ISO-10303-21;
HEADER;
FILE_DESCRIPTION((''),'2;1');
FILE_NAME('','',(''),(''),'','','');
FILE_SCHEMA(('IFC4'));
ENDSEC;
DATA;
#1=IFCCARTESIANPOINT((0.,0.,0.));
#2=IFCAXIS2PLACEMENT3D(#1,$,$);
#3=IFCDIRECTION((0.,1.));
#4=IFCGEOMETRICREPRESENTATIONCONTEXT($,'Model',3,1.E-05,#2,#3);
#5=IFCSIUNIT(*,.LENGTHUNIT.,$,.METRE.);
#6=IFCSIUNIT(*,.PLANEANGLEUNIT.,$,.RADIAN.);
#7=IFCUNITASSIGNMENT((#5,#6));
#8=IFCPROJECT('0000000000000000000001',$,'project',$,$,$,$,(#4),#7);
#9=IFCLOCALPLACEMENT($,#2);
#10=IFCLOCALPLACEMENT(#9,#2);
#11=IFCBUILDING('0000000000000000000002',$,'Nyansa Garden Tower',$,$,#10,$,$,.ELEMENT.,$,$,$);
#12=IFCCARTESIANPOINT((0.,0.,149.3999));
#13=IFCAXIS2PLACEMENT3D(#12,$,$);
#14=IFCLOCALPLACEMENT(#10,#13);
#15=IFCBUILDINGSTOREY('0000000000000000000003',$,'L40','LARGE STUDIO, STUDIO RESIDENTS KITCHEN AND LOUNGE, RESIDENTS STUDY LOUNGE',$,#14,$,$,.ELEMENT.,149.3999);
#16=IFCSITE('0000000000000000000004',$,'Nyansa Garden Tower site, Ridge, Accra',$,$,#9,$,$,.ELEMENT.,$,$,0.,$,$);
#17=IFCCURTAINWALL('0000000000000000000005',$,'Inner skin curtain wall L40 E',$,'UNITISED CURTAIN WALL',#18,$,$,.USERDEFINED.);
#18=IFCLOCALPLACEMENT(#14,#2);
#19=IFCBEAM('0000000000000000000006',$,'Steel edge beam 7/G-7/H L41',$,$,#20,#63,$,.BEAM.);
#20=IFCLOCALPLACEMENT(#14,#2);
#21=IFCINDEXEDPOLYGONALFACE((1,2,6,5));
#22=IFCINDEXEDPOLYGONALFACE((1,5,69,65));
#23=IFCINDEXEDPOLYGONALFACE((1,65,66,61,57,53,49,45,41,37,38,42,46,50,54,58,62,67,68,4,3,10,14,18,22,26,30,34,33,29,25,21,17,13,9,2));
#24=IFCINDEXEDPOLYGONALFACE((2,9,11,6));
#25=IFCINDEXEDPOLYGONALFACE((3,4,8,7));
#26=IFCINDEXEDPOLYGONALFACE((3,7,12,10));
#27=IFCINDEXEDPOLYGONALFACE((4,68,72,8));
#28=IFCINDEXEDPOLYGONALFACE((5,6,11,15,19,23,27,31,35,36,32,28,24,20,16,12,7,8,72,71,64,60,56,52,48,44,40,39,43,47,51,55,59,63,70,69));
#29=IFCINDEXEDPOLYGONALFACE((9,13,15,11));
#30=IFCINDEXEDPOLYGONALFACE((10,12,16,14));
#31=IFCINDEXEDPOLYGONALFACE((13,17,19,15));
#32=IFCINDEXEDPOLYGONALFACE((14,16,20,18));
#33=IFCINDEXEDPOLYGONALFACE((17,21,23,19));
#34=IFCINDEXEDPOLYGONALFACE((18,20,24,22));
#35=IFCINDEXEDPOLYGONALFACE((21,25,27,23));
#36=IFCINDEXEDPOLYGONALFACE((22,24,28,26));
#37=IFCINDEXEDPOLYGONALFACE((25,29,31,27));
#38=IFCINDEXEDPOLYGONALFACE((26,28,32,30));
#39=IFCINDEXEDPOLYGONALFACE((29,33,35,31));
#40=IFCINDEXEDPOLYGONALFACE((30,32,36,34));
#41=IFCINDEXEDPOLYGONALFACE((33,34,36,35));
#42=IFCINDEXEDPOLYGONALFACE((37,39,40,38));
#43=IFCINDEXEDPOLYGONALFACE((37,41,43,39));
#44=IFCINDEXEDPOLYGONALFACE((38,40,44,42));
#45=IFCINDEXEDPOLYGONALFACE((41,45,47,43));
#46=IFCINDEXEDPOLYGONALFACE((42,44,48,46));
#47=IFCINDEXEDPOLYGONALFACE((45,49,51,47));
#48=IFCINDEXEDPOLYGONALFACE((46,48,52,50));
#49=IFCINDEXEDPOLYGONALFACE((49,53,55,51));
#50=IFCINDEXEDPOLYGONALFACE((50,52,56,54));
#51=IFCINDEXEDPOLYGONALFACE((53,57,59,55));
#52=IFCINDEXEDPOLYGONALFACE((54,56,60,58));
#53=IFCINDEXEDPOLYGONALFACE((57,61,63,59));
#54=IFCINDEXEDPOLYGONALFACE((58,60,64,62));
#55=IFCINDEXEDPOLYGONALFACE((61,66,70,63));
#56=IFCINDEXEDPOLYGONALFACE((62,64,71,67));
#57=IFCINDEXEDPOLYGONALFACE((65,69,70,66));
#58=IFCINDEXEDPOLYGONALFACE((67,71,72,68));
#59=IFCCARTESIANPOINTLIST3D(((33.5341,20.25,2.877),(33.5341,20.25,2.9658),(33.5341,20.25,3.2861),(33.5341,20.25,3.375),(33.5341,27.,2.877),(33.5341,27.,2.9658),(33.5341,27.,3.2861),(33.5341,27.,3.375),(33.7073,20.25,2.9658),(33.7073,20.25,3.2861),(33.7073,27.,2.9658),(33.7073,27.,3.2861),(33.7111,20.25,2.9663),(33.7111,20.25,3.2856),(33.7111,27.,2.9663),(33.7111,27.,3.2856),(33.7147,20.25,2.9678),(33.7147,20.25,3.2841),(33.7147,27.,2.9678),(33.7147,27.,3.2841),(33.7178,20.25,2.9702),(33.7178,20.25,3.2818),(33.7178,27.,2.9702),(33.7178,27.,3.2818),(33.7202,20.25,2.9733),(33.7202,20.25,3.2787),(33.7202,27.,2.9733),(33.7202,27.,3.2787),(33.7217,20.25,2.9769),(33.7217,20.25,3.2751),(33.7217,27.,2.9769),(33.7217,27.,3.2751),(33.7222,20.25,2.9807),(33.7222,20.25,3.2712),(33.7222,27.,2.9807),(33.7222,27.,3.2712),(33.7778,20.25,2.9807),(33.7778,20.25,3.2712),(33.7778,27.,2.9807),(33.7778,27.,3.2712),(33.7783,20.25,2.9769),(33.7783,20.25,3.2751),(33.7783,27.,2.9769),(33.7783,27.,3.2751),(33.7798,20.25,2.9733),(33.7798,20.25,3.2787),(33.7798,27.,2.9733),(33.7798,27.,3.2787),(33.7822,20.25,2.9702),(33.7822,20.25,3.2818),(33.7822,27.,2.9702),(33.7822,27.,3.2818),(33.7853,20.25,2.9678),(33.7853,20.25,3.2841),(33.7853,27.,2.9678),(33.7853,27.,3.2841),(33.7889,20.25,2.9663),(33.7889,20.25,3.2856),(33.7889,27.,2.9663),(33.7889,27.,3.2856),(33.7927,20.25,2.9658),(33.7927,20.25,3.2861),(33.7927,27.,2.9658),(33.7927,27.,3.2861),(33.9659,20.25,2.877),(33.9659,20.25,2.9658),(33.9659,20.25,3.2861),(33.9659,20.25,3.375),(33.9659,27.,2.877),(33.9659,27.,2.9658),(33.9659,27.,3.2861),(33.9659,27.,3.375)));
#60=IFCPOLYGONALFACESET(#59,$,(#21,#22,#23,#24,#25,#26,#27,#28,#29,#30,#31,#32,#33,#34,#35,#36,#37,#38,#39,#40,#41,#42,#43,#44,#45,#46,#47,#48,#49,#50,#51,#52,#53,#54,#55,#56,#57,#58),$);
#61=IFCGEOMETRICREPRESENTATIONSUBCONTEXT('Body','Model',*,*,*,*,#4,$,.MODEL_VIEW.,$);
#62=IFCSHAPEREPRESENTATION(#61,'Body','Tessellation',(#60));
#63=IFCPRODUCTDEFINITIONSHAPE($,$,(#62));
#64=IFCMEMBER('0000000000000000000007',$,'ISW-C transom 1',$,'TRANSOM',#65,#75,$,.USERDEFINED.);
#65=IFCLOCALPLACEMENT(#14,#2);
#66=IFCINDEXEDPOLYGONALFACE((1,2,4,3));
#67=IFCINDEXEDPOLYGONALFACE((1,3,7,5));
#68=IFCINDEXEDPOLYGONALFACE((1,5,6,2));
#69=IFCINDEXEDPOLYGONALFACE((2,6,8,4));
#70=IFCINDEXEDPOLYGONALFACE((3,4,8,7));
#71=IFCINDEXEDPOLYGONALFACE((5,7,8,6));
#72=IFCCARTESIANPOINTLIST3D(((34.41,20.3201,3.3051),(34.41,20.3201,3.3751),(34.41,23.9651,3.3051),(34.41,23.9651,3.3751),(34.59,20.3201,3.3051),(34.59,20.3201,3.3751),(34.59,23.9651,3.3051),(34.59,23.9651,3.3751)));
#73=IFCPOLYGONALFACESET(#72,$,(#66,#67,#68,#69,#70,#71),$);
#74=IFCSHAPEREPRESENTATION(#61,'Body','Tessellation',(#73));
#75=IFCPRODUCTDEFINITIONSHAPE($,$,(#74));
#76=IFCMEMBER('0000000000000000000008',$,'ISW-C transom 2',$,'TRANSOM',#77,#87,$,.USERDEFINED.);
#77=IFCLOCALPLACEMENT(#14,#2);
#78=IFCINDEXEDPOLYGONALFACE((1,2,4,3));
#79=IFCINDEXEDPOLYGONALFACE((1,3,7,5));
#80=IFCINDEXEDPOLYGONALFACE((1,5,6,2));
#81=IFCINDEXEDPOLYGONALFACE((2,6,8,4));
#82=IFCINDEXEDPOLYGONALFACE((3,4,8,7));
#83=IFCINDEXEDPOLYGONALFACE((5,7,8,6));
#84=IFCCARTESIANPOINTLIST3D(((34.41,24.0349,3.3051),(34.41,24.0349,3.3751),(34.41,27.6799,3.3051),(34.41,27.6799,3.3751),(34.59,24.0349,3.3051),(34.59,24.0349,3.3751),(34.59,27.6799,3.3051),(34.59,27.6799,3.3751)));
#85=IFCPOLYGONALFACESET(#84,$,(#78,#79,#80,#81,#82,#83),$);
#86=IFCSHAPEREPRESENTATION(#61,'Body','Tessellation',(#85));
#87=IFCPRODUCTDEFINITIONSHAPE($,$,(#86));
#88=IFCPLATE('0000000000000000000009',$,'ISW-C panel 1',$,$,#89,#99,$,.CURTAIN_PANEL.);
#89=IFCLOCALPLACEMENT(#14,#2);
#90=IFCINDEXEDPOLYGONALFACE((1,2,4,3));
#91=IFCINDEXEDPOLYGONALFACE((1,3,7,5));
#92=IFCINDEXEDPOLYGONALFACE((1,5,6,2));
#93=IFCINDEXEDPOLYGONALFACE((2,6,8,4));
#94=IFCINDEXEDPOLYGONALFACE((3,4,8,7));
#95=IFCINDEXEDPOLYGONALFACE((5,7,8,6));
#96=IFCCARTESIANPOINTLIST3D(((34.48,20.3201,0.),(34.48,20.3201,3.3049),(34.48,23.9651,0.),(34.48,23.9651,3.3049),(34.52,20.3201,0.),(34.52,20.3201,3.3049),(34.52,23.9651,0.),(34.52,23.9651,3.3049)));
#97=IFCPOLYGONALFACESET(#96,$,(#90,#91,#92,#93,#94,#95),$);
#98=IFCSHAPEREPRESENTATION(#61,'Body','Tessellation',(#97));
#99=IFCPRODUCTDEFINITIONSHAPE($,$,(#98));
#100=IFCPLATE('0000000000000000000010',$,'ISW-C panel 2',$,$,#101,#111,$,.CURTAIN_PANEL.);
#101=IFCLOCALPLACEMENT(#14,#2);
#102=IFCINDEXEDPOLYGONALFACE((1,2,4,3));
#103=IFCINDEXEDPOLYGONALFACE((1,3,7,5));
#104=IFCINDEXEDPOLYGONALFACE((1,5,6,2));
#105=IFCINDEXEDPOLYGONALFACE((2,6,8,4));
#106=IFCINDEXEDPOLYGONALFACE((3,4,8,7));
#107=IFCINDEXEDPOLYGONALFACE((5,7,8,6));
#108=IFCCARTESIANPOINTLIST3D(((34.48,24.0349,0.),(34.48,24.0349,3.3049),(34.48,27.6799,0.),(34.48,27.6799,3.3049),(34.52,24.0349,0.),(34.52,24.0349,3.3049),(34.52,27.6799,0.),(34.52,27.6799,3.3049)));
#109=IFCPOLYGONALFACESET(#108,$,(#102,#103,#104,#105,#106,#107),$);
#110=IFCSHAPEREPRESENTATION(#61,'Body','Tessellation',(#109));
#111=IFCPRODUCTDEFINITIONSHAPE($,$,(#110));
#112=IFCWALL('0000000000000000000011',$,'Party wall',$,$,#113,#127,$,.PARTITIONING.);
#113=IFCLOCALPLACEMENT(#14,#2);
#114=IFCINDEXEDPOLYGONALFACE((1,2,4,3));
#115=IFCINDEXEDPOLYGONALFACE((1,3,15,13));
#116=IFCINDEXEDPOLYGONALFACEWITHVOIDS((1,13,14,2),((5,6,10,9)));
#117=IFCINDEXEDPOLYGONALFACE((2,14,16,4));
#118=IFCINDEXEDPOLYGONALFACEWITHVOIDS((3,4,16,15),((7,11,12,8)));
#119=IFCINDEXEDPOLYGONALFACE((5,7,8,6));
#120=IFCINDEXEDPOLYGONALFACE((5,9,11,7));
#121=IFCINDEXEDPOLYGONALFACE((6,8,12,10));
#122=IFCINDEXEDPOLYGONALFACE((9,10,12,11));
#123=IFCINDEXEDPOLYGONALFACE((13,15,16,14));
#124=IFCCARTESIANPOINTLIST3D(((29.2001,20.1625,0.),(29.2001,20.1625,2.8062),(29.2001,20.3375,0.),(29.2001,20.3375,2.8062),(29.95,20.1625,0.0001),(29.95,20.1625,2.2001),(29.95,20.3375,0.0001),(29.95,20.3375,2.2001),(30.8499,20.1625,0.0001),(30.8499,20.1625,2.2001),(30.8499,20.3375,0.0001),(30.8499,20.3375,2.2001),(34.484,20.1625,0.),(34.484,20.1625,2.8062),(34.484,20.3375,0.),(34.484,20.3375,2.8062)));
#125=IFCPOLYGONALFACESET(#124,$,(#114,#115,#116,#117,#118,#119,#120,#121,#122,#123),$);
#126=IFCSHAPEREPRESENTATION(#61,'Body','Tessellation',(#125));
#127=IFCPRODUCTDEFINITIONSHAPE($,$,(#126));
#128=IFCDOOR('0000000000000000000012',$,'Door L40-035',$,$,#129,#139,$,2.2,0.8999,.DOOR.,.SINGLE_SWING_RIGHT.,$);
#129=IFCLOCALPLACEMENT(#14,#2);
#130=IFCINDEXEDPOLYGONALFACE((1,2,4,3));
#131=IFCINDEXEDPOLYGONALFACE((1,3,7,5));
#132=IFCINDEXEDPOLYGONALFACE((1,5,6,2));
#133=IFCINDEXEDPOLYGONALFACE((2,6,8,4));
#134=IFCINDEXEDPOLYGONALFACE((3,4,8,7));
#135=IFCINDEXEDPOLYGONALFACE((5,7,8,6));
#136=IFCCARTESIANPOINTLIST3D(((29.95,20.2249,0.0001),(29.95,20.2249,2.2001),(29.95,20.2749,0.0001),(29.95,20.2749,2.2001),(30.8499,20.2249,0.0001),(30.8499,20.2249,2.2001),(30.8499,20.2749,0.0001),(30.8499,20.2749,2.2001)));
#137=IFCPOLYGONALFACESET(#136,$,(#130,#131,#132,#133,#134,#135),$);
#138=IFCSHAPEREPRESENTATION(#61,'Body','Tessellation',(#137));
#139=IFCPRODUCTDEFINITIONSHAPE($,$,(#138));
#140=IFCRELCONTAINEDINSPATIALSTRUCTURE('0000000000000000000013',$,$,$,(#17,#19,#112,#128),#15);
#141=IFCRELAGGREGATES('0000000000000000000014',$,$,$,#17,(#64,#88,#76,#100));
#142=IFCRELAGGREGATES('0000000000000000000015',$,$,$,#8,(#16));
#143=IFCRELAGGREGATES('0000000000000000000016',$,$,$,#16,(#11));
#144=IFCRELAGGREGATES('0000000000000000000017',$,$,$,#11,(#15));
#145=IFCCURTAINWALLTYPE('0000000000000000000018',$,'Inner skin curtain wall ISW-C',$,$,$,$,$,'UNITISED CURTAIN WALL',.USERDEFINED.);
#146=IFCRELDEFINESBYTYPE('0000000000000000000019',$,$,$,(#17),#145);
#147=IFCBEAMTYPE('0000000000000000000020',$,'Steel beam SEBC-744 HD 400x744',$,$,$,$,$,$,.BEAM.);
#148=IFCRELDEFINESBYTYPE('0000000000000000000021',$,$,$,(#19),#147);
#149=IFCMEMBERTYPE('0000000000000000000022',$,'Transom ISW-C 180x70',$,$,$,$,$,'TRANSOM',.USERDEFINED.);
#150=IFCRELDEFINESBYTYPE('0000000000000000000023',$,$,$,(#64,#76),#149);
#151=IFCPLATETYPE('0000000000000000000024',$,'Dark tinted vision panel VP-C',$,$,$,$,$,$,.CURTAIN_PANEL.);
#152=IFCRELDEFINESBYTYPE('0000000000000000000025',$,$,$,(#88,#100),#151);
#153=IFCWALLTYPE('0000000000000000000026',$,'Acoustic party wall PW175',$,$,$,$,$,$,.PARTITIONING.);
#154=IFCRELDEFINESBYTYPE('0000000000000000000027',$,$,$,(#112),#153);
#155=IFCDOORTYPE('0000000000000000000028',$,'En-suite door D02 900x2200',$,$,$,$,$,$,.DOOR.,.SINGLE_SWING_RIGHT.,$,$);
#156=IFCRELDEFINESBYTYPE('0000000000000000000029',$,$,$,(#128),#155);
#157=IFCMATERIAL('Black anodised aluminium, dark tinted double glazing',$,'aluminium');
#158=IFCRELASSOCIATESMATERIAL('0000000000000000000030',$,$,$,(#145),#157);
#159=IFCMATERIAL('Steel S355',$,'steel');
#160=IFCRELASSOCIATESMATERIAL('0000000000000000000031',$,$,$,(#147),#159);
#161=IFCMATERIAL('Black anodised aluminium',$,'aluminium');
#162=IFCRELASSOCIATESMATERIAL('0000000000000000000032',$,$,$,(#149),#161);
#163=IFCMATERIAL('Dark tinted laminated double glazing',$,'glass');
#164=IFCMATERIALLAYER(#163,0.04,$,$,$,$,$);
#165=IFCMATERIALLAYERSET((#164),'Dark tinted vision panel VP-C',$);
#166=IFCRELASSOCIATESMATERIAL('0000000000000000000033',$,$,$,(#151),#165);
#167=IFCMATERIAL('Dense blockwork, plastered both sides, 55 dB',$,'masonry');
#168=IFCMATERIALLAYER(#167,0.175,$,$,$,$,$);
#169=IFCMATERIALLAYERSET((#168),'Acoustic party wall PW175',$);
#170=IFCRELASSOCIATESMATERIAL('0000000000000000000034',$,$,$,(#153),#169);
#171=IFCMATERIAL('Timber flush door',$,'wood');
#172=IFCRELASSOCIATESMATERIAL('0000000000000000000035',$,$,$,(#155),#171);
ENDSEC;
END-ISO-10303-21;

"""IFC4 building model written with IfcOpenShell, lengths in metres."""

from ifc_helpers import new_model, si_unit, direction, frame, frame_2d, origin, origin_2d, place, context, subcontext, project, spatial, rectangle, i_section, extrude, material, layer, layer_set, material_profile, profile_set, type_object, element, fill, aggregate, save


model = new_model("IFC4")

# Units and contexts
model_context = context("Model", 3, precision=1e-05, world=origin(), true_north=direction((0.0, 1.0)))
body_context = subcontext(model_context, "Body", "Model", "MODEL_VIEW")
ifc_project = project(units=[si_unit("LENGTHUNIT", "METRE"), si_unit("PLANEANGLEUNIT", "RADIAN")], contexts=[model_context])

# Site, building, storey
site_placement = place(None, origin())
site = spatial("IfcSite", under=ifc_project, at=site_placement, Name="Nyansa Garden Tower site, Ridge, Accra", CompositionType="ELEMENT", RefElevation=0.0)
building_placement = place(site_placement, origin())
building = spatial("IfcBuilding", under=site, at=building_placement, Name="Nyansa Garden Tower", CompositionType="ELEMENT")
storey_placement = place(building_placement, frame((0.0, 0.0, 149.3999)))
storey = spatial("IfcBuildingStorey", under=building, at=storey_placement, Name="L40", Description="LARGE STUDIO, STUDIO RESIDENTS KITCHEN AND LOUNGE, RESIDENTS STUDY LOUNGE", CompositionType="ELEMENT", Elevation=149.3999)

# Curtain wall
ifc_material_1 = material(Name="Black anodised aluminium, dark tinted double glazing", Category="aluminium")
curtain_wall_type = type_object("IfcCurtainWallType", Name="Inner skin curtain wall ISW-C", ElementType="UNITISED CURTAIN WALL", PredefinedType="USERDEFINED", material=ifc_material_1)
curtain_wall_placement = place(storey_placement, origin())
curtain_wall = element("IfcCurtainWall", 1, at=curtain_wall_placement, inside=storey, type_object=curtain_wall_type, Name="Inner skin curtain wall L40 E", ObjectType="UNITISED CURTAIN WALL", PredefinedType="USERDEFINED")

# Beam
ifc_material_2 = material(Name="Steel S355", Category="steel")
ifc_material_profile_1 = material_profile(ifc_material_2, i_section(OverallWidth=0.4319, OverallDepth=0.498, WebThickness=0.0557, FlangeThickness=0.0889, FilletRadius=0.0149, at=origin_2d()), Name="HD 400x744")
ifc_profile_set_1 = profile_set([ifc_material_profile_1], Name="Steel S355")
beam_type_1 = type_object("IfcBeamType", Name="Steel beam SEBC-744 HD 400x744", PredefinedType="BEAM", material=ifc_profile_set_1)
beam_1_placement = place(storey_placement, frame((33.75, 20.25, 3.126), z_axis=(0.0, 1.0, 0.0), x_axis=(-1.0, 0.0, 0.0)))
element("IfcBeam", 2, at=beam_1_placement, inside=storey, type_object=beam_type_1, Name="Steel edge beam 7/G-7/H L41", PredefinedType="BEAM", context=body_context, shape_type="SweptSolid", body=[
    extrude(i_section(OverallWidth=0.4319, OverallDepth=0.498, WebThickness=0.0557, FlangeThickness=0.0889, FilletRadius=0.0149, at=origin_2d()), origin(), (0.0, 0.0, 1.0), 6.75),
])

# Members
ifc_material_3 = material(Name="Black anodised aluminium", Category="aluminium")
ifc_material_profile_2 = material_profile(ifc_material_3, rectangle(XDim=0.1799, YDim=0.0701, at=origin_2d()), Name="Transom 180x70")
ifc_profile_set_2 = profile_set([ifc_material_profile_2], Name="Black anodised aluminium")
member_type_1 = type_object("IfcMemberType", Name="Transom ISW-C 180x70", ElementType="TRANSOM", PredefinedType="USERDEFINED", material=ifc_profile_set_2)
member_1_placement = place(storey_placement, frame((34.5, 20.3201, 3.3401), z_axis=(0.0, 1.0, 0.0), x_axis=(-1.0, 0.0, 0.0)))
member_1 = element("IfcMember", 3, at=member_1_placement, type_object=member_type_1, Name="ISW-C transom 1", ObjectType="TRANSOM", PredefinedType="USERDEFINED", context=body_context, shape_type="SweptSolid", body=[
    extrude(rectangle(XDim=0.1799, YDim=0.0701, at=origin_2d()), origin(), (0.0, 0.0, 1.0), 3.645),
])
member_2_placement = place(storey_placement, frame((34.5, 24.0349, 3.3401), z_axis=(0.0, 1.0, 0.0), x_axis=(-1.0, 0.0, 0.0)))
member_2 = element("IfcMember", 4, at=member_2_placement, type_object=member_type_1, Name="ISW-C transom 2", ObjectType="TRANSOM", PredefinedType="USERDEFINED", context=body_context, shape_type="SweptSolid", body=[
    extrude(rectangle(XDim=0.1799, YDim=0.0701, at=origin_2d()), origin(), (0.0, 0.0, 1.0), 3.645),
])

# Plates
ifc_material_4 = material(Name="Dark tinted laminated double glazing", Category="glass")
ifc_layer_1 = layer(ifc_material_4, 0.04)
ifc_layer_set_1 = layer_set([ifc_layer_1], Name="Dark tinted vision panel VP-C")
plate_type = type_object("IfcPlateType", Name="Dark tinted vision panel VP-C", PredefinedType="CURTAIN_PANEL", material=ifc_layer_set_1)
plate_1_placement = place(storey_placement, frame((34.5, 22.1426, 0.0), z_axis=(0.0, 0.0, 1.0), x_axis=(0.0, 1.0, 0.0)))
plate_1 = element("IfcPlate", 5, at=plate_1_placement, type_object=plate_type, Name="ISW-C panel 1", PredefinedType="CURTAIN_PANEL", context=body_context, shape_type="SweptSolid", body=[
    extrude(rectangle(XDim=3.645, YDim=0.04, at=origin_2d()), origin(), (0.0, 0.0, 1.0), 3.3049),
])
plate_2_placement = place(storey_placement, frame((34.5, 25.8574, 0.0), z_axis=(0.0, 0.0, 1.0), x_axis=(0.0, 1.0, 0.0)))
plate_2 = element("IfcPlate", 6, at=plate_2_placement, type_object=plate_type, Name="ISW-C panel 2", PredefinedType="CURTAIN_PANEL", context=body_context, shape_type="SweptSolid", body=[
    extrude(rectangle(XDim=3.645, YDim=0.04, at=origin_2d()), origin(), (0.0, 0.0, 1.0), 3.3049),
])
aggregate(curtain_wall, [member_1, plate_1, member_2, plate_2])

# Wall, opening, door
ifc_material_5 = material(Name="Dense blockwork, plastered both sides, 55 dB", Category="masonry")
ifc_layer_2 = layer(ifc_material_5, 0.175)
ifc_layer_set_2 = layer_set([ifc_layer_2], Name="Acoustic party wall PW175")
wall_type_1 = type_object("IfcWallType", Name="Acoustic party wall PW175", PredefinedType="PARTITIONING", material=ifc_layer_set_2)
wall_1_placement = place(storey_placement, frame((29.2, 20.25, 0.0), z_axis=(0.0, 0.0, 1.0), x_axis=(1.0, 0.0, 0.0)))
wall_1 = element("IfcWall", 7, at=wall_1_placement, inside=storey, type_object=wall_type_1, Name="Party wall", PredefinedType="PARTITIONING", context=body_context, shape_type="SweptSolid", body=[
    extrude(rectangle(XDim=5.2839, YDim=0.175, at=frame_2d((2.6421, 0.0))), origin(), (0.0, 0.0, 1.0), 2.8062),
])
opening_1_placement = place(wall_1_placement, frame((0.75, 0.0, 0.0)))
opening_1 = element("IfcOpeningElement", 8, at=opening_1_placement, cuts=wall_1, PredefinedType="OPENING", context=body_context, shape_type="SweptSolid", body=[
    extrude(rectangle(XDim=0.8999, YDim=2.2, at=frame_2d((0.45, 1.1001))), frame((0.0, 0.0974, 0.0), z_axis=(0.0, -1.0, 0.0), x_axis=(1.0, 0.0, 0.0)), (0.0, 0.0, 1.0), 0.1951),
])
ifc_material_6 = material(Name="Timber flush door", Category="wood")
door_type_1 = type_object("IfcDoorType", Name="En-suite door D02 900x2200", OperationType="SINGLE_SWING_RIGHT", PredefinedType="DOOR", material=ifc_material_6)
door_1_placement = place(opening_1_placement, origin())
door_1 = element("IfcDoor", 9, at=door_1_placement, inside=storey, type_object=door_type_1, Name="Door L40-035", OperationType="SINGLE_SWING_RIGHT", OverallHeight=2.2, OverallWidth=0.8999, PredefinedType="DOOR", context=body_context, shape_type="SweptSolid", body=[
    extrude(rectangle(XDim=0.8999, YDim=2.2, at=frame_2d((0.45, 1.1001))), frame((0.0, 0.0249, 0.0), z_axis=(0.0, -1.0, 0.0), x_axis=(1.0, 0.0, 0.0)), (0.0, 0.0, 1.0), 0.05),
])
fill(opening_1, door_1)

save(model, "model.ifc")
